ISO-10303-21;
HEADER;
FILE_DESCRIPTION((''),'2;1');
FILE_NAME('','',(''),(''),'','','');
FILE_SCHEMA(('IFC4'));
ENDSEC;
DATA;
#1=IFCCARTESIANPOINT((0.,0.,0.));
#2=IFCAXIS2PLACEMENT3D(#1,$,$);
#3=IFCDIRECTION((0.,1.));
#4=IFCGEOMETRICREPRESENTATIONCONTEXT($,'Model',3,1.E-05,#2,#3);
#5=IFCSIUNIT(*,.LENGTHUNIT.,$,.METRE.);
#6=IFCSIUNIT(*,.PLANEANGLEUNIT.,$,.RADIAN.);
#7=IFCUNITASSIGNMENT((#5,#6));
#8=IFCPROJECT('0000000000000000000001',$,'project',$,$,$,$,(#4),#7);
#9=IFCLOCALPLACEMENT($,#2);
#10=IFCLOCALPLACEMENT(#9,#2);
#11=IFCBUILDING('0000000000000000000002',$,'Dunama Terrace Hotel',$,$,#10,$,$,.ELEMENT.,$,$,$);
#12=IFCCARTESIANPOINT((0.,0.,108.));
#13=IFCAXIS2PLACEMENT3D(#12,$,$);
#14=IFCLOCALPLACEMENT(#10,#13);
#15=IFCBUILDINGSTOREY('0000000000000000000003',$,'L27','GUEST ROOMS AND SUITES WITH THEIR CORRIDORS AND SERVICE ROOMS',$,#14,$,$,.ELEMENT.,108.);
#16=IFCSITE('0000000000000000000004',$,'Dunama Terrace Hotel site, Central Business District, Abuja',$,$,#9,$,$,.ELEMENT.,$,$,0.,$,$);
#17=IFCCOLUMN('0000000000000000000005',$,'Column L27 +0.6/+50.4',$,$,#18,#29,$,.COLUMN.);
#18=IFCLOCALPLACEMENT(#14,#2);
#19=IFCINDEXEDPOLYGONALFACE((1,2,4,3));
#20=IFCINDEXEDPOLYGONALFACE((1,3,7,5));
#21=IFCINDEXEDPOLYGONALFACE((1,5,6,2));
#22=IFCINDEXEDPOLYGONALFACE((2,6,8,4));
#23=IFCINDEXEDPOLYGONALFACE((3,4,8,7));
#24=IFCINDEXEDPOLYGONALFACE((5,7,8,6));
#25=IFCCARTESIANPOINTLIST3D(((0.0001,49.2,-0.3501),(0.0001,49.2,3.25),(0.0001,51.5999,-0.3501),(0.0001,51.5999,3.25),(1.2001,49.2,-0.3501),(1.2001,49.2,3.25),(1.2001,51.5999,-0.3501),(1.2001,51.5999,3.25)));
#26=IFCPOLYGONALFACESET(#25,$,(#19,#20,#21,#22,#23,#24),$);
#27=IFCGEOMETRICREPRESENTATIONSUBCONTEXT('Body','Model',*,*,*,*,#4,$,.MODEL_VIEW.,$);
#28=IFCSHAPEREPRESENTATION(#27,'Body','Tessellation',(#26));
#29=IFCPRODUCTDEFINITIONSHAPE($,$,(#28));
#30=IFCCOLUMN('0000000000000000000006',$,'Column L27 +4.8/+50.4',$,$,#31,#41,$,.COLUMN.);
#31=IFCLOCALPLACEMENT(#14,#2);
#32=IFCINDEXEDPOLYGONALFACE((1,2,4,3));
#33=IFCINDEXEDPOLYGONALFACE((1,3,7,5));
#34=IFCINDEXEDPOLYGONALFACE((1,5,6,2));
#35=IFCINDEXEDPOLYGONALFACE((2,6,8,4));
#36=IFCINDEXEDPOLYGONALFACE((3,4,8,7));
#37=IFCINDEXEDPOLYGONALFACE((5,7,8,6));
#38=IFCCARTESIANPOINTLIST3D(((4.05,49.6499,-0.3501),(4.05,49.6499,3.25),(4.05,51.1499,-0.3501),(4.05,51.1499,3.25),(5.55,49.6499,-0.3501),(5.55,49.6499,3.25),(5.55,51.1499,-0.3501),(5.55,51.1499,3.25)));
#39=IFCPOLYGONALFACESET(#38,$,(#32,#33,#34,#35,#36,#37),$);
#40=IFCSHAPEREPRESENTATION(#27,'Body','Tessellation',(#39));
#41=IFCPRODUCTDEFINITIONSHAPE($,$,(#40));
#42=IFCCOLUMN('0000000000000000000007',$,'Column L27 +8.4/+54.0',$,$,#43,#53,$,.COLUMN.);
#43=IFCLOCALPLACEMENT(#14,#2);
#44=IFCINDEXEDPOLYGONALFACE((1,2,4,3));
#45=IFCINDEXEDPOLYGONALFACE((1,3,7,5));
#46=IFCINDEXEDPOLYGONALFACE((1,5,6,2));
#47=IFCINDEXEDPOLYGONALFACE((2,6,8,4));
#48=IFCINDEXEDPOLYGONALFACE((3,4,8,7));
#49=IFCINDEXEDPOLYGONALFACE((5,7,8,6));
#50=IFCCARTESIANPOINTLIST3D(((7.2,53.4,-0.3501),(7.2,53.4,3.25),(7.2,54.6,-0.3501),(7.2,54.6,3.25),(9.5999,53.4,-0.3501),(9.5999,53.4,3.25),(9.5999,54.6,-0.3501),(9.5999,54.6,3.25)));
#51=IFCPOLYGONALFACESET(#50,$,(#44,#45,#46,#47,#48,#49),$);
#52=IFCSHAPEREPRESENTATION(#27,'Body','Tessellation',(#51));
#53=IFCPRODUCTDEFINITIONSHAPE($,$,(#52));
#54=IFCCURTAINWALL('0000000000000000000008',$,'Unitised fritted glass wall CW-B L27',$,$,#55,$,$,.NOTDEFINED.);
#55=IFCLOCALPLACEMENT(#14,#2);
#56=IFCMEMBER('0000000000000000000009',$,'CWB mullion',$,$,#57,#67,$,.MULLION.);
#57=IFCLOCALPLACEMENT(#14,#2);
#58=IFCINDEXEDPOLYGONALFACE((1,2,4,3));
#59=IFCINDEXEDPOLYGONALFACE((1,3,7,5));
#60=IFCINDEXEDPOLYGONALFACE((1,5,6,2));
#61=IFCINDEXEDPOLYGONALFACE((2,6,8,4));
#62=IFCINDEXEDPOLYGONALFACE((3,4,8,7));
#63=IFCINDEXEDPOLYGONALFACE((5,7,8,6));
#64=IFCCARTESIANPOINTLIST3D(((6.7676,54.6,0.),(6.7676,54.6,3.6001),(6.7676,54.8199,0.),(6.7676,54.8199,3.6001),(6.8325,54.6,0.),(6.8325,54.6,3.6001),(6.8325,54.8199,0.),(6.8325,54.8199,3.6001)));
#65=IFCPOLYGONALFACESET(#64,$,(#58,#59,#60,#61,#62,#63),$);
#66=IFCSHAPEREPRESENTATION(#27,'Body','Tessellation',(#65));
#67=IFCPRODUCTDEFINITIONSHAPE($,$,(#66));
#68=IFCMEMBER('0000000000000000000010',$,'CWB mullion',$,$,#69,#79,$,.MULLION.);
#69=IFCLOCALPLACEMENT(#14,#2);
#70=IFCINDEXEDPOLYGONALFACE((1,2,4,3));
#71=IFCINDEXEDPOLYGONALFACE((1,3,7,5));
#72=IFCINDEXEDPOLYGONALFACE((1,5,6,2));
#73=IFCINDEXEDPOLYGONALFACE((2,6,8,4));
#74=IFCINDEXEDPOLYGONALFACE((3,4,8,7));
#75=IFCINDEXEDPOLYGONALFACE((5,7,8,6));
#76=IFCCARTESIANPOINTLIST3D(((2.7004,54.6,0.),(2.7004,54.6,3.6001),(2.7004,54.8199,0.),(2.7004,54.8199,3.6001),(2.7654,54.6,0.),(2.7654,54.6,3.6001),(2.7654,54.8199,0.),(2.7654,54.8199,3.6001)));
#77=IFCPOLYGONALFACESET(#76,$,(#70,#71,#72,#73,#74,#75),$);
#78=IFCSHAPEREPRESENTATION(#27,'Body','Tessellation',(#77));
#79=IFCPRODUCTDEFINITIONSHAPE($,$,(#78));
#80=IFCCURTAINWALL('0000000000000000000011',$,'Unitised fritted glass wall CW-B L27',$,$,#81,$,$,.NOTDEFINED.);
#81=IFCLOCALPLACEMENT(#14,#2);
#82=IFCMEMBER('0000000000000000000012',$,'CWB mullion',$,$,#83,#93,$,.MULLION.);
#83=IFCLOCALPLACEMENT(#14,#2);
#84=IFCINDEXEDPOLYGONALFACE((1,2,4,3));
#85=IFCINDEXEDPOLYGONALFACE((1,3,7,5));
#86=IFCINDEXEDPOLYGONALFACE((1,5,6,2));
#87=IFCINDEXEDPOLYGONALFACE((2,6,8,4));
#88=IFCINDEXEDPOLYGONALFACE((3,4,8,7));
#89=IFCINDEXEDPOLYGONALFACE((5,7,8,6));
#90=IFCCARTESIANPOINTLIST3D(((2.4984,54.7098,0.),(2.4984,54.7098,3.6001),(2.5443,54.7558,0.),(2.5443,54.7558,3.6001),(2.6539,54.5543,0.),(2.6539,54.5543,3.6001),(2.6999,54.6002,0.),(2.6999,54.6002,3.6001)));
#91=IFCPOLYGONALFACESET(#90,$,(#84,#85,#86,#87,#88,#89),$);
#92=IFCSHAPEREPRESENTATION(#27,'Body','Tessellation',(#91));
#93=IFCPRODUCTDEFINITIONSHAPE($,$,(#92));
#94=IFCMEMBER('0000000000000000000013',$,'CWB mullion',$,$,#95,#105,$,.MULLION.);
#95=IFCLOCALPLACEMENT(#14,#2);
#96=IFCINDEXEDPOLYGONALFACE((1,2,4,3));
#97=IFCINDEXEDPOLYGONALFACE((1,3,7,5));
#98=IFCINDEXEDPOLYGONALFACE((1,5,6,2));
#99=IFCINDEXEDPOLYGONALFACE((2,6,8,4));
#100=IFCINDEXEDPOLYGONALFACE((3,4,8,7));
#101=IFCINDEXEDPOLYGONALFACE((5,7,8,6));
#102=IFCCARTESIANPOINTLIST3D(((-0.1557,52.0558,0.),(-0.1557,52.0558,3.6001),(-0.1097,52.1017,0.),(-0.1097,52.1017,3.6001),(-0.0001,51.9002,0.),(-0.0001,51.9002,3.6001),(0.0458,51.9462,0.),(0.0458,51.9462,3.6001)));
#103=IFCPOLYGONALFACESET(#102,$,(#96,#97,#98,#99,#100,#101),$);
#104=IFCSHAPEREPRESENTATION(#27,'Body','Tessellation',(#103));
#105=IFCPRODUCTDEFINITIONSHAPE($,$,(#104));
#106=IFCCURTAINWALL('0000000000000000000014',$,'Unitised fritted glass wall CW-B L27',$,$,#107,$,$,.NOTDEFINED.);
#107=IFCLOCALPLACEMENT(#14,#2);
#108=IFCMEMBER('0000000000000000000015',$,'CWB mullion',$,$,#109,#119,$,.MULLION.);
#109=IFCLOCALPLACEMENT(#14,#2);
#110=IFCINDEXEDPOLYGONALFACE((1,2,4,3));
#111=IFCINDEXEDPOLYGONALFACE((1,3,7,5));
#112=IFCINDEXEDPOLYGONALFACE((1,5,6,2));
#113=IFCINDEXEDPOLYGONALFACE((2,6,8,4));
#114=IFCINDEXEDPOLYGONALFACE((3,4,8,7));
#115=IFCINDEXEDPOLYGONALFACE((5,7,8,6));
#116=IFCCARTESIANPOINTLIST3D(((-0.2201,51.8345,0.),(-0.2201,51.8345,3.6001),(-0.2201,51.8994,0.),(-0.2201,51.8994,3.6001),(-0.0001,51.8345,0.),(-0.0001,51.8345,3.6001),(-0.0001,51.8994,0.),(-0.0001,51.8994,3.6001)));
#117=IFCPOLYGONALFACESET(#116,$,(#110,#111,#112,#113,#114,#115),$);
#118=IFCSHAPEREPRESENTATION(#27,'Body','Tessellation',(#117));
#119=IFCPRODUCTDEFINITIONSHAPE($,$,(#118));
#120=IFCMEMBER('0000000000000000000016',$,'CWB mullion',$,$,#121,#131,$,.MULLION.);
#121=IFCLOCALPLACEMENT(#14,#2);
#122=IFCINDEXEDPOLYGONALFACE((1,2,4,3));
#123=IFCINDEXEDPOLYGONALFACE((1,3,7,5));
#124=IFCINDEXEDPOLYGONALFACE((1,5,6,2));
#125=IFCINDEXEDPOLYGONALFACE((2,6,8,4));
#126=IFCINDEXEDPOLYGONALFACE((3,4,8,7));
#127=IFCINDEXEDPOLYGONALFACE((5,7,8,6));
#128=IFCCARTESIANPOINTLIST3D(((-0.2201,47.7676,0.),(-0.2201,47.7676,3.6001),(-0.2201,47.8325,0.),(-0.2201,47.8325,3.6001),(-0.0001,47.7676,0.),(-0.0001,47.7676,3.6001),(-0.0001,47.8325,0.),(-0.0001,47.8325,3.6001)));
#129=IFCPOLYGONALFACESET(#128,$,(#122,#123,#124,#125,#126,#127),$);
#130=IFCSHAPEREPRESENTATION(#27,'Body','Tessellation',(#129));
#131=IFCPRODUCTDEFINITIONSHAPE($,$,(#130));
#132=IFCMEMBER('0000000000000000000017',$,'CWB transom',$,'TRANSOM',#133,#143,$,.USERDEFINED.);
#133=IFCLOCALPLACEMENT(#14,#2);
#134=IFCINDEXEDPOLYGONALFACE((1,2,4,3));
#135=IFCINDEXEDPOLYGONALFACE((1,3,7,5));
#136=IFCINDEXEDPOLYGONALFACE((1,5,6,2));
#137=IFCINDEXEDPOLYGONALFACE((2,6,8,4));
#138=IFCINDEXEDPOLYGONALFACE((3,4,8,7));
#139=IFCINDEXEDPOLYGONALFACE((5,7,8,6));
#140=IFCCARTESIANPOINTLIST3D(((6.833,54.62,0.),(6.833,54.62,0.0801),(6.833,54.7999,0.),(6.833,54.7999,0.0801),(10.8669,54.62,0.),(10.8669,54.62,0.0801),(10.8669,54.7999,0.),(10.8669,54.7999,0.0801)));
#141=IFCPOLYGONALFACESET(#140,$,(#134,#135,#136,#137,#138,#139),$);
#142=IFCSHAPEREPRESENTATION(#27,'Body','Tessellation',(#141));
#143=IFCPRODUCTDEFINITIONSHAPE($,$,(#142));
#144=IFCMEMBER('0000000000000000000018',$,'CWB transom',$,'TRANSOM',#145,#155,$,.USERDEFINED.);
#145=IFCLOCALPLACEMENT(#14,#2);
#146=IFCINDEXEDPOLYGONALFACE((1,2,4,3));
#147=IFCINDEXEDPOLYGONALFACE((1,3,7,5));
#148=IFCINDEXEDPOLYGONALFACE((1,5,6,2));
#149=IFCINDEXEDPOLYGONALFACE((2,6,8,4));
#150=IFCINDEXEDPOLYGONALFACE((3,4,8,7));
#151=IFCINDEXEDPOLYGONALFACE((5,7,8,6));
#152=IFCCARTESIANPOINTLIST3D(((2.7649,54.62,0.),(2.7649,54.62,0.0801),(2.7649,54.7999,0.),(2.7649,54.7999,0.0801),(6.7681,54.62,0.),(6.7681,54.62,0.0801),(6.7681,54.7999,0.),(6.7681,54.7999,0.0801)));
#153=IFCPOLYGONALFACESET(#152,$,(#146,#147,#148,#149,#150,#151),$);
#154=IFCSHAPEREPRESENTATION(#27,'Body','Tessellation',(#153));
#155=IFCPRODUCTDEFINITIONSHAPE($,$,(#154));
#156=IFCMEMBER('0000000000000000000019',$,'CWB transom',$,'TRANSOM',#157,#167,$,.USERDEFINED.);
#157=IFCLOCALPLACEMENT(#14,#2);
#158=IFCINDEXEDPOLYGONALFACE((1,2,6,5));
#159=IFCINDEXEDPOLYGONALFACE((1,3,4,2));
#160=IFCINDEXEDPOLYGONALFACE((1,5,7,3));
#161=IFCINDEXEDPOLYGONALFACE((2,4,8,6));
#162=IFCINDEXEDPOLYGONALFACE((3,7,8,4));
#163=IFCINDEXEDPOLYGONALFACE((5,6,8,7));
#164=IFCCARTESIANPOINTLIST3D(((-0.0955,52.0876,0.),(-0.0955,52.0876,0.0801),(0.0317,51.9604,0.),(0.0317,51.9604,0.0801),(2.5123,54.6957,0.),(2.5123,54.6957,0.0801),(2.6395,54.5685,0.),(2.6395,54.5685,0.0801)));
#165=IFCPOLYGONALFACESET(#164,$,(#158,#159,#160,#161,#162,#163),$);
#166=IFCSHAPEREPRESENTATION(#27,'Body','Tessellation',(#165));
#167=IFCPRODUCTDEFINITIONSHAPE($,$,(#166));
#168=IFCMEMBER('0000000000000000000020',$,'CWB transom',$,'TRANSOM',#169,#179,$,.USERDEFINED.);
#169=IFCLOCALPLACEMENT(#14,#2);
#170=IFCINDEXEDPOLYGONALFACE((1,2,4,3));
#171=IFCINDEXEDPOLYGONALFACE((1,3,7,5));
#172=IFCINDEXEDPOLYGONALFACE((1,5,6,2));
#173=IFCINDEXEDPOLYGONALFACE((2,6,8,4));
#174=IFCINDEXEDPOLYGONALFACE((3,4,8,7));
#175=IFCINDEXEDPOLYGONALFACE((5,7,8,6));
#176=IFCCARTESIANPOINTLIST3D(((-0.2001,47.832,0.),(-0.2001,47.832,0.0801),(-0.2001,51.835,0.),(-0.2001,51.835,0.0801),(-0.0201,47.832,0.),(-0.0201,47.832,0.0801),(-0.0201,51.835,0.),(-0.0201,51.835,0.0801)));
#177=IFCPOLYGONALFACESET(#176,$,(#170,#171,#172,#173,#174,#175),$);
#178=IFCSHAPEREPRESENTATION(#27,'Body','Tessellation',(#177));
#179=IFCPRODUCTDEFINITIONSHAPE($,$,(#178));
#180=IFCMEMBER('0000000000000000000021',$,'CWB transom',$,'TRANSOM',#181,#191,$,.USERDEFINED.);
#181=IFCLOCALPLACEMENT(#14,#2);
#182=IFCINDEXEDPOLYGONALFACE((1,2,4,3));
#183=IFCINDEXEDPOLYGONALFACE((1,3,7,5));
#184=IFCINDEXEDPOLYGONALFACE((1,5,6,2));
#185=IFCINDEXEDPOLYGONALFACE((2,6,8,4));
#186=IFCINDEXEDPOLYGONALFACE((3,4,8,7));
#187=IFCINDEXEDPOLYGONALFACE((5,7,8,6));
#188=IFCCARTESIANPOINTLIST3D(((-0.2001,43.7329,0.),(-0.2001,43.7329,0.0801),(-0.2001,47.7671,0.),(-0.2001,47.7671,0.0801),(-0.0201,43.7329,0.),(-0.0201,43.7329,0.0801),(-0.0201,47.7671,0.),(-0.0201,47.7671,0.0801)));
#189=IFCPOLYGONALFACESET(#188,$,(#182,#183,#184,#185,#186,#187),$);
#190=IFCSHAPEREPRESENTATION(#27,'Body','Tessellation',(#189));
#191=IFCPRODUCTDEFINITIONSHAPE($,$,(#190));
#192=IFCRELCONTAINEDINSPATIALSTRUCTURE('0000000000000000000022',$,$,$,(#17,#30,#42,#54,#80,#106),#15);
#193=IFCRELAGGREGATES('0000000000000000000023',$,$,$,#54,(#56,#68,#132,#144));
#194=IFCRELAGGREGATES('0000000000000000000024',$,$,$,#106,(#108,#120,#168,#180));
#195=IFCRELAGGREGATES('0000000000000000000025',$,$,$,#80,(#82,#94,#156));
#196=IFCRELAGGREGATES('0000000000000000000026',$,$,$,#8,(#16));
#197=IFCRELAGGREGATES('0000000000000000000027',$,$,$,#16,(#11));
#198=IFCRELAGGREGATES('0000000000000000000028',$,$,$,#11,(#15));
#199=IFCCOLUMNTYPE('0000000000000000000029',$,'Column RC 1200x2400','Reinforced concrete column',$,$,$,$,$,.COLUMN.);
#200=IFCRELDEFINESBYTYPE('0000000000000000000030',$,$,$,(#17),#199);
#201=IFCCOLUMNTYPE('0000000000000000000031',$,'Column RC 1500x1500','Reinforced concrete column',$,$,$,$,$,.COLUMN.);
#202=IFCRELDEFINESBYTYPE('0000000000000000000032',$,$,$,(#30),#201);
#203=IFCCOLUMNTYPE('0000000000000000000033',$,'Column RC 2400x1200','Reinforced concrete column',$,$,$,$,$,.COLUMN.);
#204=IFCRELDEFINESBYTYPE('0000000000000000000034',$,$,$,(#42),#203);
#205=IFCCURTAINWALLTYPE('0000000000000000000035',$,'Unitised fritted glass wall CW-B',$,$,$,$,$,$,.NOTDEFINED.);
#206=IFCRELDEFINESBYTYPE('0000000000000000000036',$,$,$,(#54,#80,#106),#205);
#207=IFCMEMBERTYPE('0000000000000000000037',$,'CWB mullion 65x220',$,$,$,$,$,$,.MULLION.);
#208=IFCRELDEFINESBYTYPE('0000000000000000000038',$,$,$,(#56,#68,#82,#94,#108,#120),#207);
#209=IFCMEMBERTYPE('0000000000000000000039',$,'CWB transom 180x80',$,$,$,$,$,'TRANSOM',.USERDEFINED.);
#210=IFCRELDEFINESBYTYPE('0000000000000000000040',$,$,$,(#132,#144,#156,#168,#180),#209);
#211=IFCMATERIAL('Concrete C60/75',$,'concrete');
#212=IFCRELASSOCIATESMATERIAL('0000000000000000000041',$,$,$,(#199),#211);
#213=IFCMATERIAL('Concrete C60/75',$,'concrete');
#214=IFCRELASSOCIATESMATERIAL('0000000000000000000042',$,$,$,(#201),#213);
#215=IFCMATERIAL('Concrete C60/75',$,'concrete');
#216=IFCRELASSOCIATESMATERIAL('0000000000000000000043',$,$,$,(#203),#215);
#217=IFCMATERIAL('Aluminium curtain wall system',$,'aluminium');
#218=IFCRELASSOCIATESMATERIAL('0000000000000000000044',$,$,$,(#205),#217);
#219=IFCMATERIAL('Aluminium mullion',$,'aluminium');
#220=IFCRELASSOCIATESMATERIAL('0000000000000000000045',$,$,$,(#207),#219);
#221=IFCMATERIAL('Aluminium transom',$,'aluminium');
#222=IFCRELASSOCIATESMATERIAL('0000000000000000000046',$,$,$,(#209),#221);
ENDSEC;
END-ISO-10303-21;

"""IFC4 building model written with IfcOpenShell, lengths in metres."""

from ifc_helpers import new_model, si_unit, direction, frame, origin, origin_2d, place, context, subcontext, project, spatial, rectangle, extrude, material, material_profile, profile_set, type_object, element, aggregate, save


model = new_model("IFC4")

# Units and contexts
model_context = context("Model", 3, precision=1e-05, world=origin(), true_north=direction((0.0, 1.0)))
body_context = subcontext(model_context, "Body", "Model", "MODEL_VIEW")
ifc_project = project(units=[si_unit("LENGTHUNIT", "METRE"), si_unit("PLANEANGLEUNIT", "RADIAN")], contexts=[model_context])

# Site, building, storey
site_placement = place(None, origin())
site = spatial("IfcSite", under=ifc_project, at=site_placement, Name="Dunama Terrace Hotel site, Central Business District, Abuja", CompositionType="ELEMENT", RefElevation=0.0)
building_placement = place(site_placement, origin())
building = spatial("IfcBuilding", under=site, at=building_placement, Name="Dunama Terrace Hotel", CompositionType="ELEMENT")
storey_placement = place(building_placement, frame((0.0, 0.0, 108.0)))
storey = spatial("IfcBuildingStorey", under=building, at=storey_placement, Name="L27", Description="GUEST ROOMS AND SUITES WITH THEIR CORRIDORS AND SERVICE ROOMS", CompositionType="ELEMENT", Elevation=108.0)

# Columns
ifc_material_1 = material(Name="Concrete C60/75", Category="concrete")
ifc_material_profile_1 = material_profile(ifc_material_1, rectangle(XDim=1.2, YDim=2.3999, at=origin_2d()), Name="RC 1200x2400")
ifc_profile_set_1 = profile_set([ifc_material_profile_1], Name="Concrete C60/75")
column_type_1 = type_object("IfcColumnType", Name="Column RC 1200x2400", Description="Reinforced concrete column", PredefinedType="COLUMN", material=ifc_profile_set_1)
column_1_placement = place(storey_placement, frame((0.6001, 50.3999, -0.3501), z_axis=(0.0, 0.0, 1.0), x_axis=(1.0, 0.0, 0.0)))
element("IfcColumn", 1, at=column_1_placement, inside=storey, type_object=column_type_1, Name="Column L27 +0.6/+50.4", PredefinedType="COLUMN", context=body_context, shape_type="SweptSolid", body=[
    extrude(rectangle(XDim=1.2, YDim=2.3999, at=origin_2d()), origin(), (0.0, 0.0, 1.0), 3.6001),
])
ifc_material_2 = material(Name="Concrete C60/75", Category="concrete")
ifc_material_profile_2 = material_profile(ifc_material_2, rectangle(XDim=1.5, YDim=1.5, at=origin_2d()), Name="RC 1500x1500")
ifc_profile_set_2 = profile_set([ifc_material_profile_2], Name="Concrete C60/75")
column_type_2 = type_object("IfcColumnType", Name="Column RC 1500x1500", Description="Reinforced concrete column", PredefinedType="COLUMN", material=ifc_profile_set_2)
column_2_placement = place(storey_placement, frame((4.8, 50.3999, -0.3501), z_axis=(0.0, 0.0, 1.0), x_axis=(1.0, 0.0, 0.0)))
element("IfcColumn", 2, at=column_2_placement, inside=storey, type_object=column_type_2, Name="Column L27 +4.8/+50.4", PredefinedType="COLUMN", context=body_context, shape_type="SweptSolid", body=[
    extrude(rectangle(XDim=1.5, YDim=1.5, at=origin_2d()), origin(), (0.0, 0.0, 1.0), 3.6001),
])
ifc_material_3 = material(Name="Concrete C60/75", Category="concrete")
ifc_material_profile_3 = material_profile(ifc_material_3, rectangle(XDim=2.3999, YDim=1.2, at=origin_2d()), Name="RC 2400x1200")
ifc_profile_set_3 = profile_set([ifc_material_profile_3], Name="Concrete C60/75")
column_type_3 = type_object("IfcColumnType", Name="Column RC 2400x1200", Description="Reinforced concrete column", PredefinedType="COLUMN", material=ifc_profile_set_3)
column_3_placement = place(storey_placement, frame((8.3999, 54.0, -0.3501), z_axis=(0.0, 0.0, 1.0), x_axis=(1.0, 0.0, 0.0)))
element("IfcColumn", 3, at=column_3_placement, inside=storey, type_object=column_type_3, Name="Column L27 +8.4/+54.0", PredefinedType="COLUMN", context=body_context, shape_type="SweptSolid", body=[
    extrude(rectangle(XDim=2.3999, YDim=1.2, at=origin_2d()), origin(), (0.0, 0.0, 1.0), 3.6001),
])

# Curtain walls, members
ifc_material_4 = material(Name="Aluminium curtain wall system", Category="aluminium")
curtain_wall_type = type_object("IfcCurtainWallType", Name="Unitised fritted glass wall CW-B", PredefinedType="NOTDEFINED", material=ifc_material_4)
curtain_wall_1_placement = place(storey_placement, origin())
curtain_wall_1 = element("IfcCurtainWall", 4, at=curtain_wall_1_placement, inside=storey, type_object=curtain_wall_type, Name="Unitised fritted glass wall CW-B L27", PredefinedType="NOTDEFINED")
ifc_material_5 = material(Name="Aluminium mullion", Category="aluminium")
ifc_material_profile_4 = material_profile(ifc_material_5, rectangle(XDim=0.0649, YDim=0.22, at=origin_2d()), Name="CWB MULLION 65X220")
ifc_profile_set_4 = profile_set([ifc_material_profile_4], Name="Aluminium mullion")
member_type_1 = type_object("IfcMemberType", Name="CWB mullion 65x220", PredefinedType="MULLION", material=ifc_profile_set_4)
member_1_placement = place(storey_placement, frame((6.8, 54.71, 0.0), z_axis=(0.0, 0.0, 1.0), x_axis=(-1.0, 0.0, 0.0)))
member_1 = element("IfcMember", 5, at=member_1_placement, type_object=member_type_1, Name="CWB mullion", PredefinedType="MULLION", context=body_context, shape_type="SweptSolid", body=[
    extrude(rectangle(XDim=0.0649, YDim=0.22, at=origin_2d()), origin(), (0.0, 0.0, 1.0), 3.6001),
])
member_2_placement = place(storey_placement, frame((2.7329, 54.71, 0.0), z_axis=(0.0, 0.0, 1.0), x_axis=(-1.0, 0.0, 0.0)))
member_2 = element("IfcMember", 6, at=member_2_placement, type_object=member_type_1, Name="CWB mullion", PredefinedType="MULLION", context=body_context, shape_type="SweptSolid", body=[
    extrude(rectangle(XDim=0.0649, YDim=0.22, at=origin_2d()), origin(), (0.0, 0.0, 1.0), 3.6001),
])
curtain_wall_2_placement = place(storey_placement, origin())
curtain_wall_2 = element("IfcCurtainWall", 7, at=curtain_wall_2_placement, inside=storey, type_object=curtain_wall_type, Name="Unitised fritted glass wall CW-B L27", PredefinedType="NOTDEFINED")
member_3_placement = place(storey_placement, frame((2.5991, 54.655, 0.0), z_axis=(0.0, 0.0, 1.0), x_axis=(-0.707107, -0.707107, 0.0)))
member_3 = element("IfcMember", 8, at=member_3_placement, type_object=member_type_1, Name="CWB mullion", PredefinedType="MULLION", context=body_context, shape_type="SweptSolid", body=[
    extrude(rectangle(XDim=0.0649, YDim=0.22, at=origin_2d()), origin(), (0.0, 0.0, 1.0), 3.6001),
])
member_4_placement = place(storey_placement, frame((-0.0549, 52.001, 0.0), z_axis=(0.0, 0.0, 1.0), x_axis=(-0.707107, -0.707107, 0.0)))
member_4 = element("IfcMember", 9, at=member_4_placement, type_object=member_type_1, Name="CWB mullion", PredefinedType="MULLION", context=body_context, shape_type="SweptSolid", body=[
    extrude(rectangle(XDim=0.0649, YDim=0.22, at=origin_2d()), origin(), (0.0, 0.0, 1.0), 3.6001),
])
curtain_wall_3_placement = place(storey_placement, origin())
curtain_wall_3 = element("IfcCurtainWall", 10, at=curtain_wall_3_placement, inside=storey, type_object=curtain_wall_type, Name="Unitised fritted glass wall CW-B L27", PredefinedType="NOTDEFINED")
member_5_placement = place(storey_placement, frame((-0.1101, 51.8669, 0.0), z_axis=(0.0, 0.0, 1.0), x_axis=(0.0, -1.0, 0.0)))
member_5 = element("IfcMember", 11, at=member_5_placement, type_object=member_type_1, Name="CWB mullion", PredefinedType="MULLION", context=body_context, shape_type="SweptSolid", body=[
    extrude(rectangle(XDim=0.0649, YDim=0.22, at=origin_2d()), origin(), (0.0, 0.0, 1.0), 3.6001),
])
member_6_placement = place(storey_placement, frame((-0.1101, 47.8, 0.0), z_axis=(0.0, 0.0, 1.0), x_axis=(0.0, -1.0, 0.0)))
member_6 = element("IfcMember", 12, at=member_6_placement, type_object=member_type_1, Name="CWB mullion", PredefinedType="MULLION", context=body_context, shape_type="SweptSolid", body=[
    extrude(rectangle(XDim=0.0649, YDim=0.22, at=origin_2d()), origin(), (0.0, 0.0, 1.0), 3.6001),
])

# Members
ifc_material_6 = material(Name="Aluminium transom", Category="aluminium")
ifc_material_profile_5 = material_profile(ifc_material_6, rectangle(XDim=0.1799, YDim=0.0801, at=origin_2d()), Name="CWB TRANSOM 180X80")
ifc_profile_set_5 = profile_set([ifc_material_profile_5], Name="Aluminium transom")
member_type_2 = type_object("IfcMemberType", Name="CWB transom 180x80", ElementType="TRANSOM", PredefinedType="USERDEFINED", material=ifc_profile_set_5)
member_7_placement = place(storey_placement, frame((10.8669, 54.71, 0.04), z_axis=(-1.0, 0.0, 0.0), x_axis=(0.0, -1.0, 0.0)))
member_7 = element("IfcMember", 13, at=member_7_placement, type_object=member_type_2, Name="CWB transom", ObjectType="TRANSOM", PredefinedType="USERDEFINED", context=body_context, shape_type="SweptSolid", body=[
    extrude(rectangle(XDim=0.1799, YDim=0.0801, at=origin_2d()), origin(), (0.0, 0.0, 1.0), 4.0339),
])
member_8_placement = place(storey_placement, frame((6.7681, 54.71, 0.04), z_axis=(-1.0, 0.0, 0.0), x_axis=(0.0, -1.0, 0.0)))
member_8 = element("IfcMember", 14, at=member_8_placement, type_object=member_type_2, Name="CWB transom", ObjectType="TRANSOM", PredefinedType="USERDEFINED", context=body_context, shape_type="SweptSolid", body=[
    extrude(rectangle(XDim=0.1799, YDim=0.0801, at=origin_2d()), origin(), (0.0, 0.0, 1.0), 4.0032),
])
member_9_placement = place(storey_placement, frame((2.5759, 54.6321, 0.04), z_axis=(-0.707074, -0.70714, 0.0), x_axis=(0.70714, -0.707074, 0.0)))
member_9 = element("IfcMember", 15, at=member_9_placement, type_object=member_type_2, Name="CWB transom", ObjectType="TRANSOM", PredefinedType="USERDEFINED", context=body_context, shape_type="SweptSolid", body=[
    extrude(rectangle(XDim=0.1799, YDim=0.0801, at=origin_2d()), origin(), (0.0, 0.0, 1.0), 3.6882),
])
member_10_placement = place(storey_placement, frame((-0.1101, 51.835, 0.04), z_axis=(0.0, -1.0, 0.0), x_axis=(1.0, 0.0, 0.0)))
member_10 = element("IfcMember", 16, at=member_10_placement, type_object=member_type_2, Name="CWB transom", ObjectType="TRANSOM", PredefinedType="USERDEFINED", context=body_context, shape_type="SweptSolid", body=[
    extrude(rectangle(XDim=0.1799, YDim=0.0801, at=origin_2d()), origin(), (0.0, 0.0, 1.0), 4.0029),
])
member_11_placement = place(storey_placement, frame((-0.1101, 47.7671, 0.04), z_axis=(0.0, -1.0, 0.0), x_axis=(1.0, 0.0, 0.0)))
member_11 = element("IfcMember", 17, at=member_11_placement, type_object=member_type_2, Name="CWB transom", ObjectType="TRANSOM", PredefinedType="USERDEFINED", context=body_context, shape_type="SweptSolid", body=[
    extrude(rectangle(XDim=0.1799, YDim=0.0801, at=origin_2d()), origin(), (0.0, 0.0, 1.0), 4.0342),
])

aggregate(curtain_wall_1, [member_1, member_2, member_7, member_8])
aggregate(curtain_wall_3, [member_5, member_6, member_10, member_11])
aggregate(curtain_wall_2, [member_3, member_4, member_9])

save(model, "model.ifc")
